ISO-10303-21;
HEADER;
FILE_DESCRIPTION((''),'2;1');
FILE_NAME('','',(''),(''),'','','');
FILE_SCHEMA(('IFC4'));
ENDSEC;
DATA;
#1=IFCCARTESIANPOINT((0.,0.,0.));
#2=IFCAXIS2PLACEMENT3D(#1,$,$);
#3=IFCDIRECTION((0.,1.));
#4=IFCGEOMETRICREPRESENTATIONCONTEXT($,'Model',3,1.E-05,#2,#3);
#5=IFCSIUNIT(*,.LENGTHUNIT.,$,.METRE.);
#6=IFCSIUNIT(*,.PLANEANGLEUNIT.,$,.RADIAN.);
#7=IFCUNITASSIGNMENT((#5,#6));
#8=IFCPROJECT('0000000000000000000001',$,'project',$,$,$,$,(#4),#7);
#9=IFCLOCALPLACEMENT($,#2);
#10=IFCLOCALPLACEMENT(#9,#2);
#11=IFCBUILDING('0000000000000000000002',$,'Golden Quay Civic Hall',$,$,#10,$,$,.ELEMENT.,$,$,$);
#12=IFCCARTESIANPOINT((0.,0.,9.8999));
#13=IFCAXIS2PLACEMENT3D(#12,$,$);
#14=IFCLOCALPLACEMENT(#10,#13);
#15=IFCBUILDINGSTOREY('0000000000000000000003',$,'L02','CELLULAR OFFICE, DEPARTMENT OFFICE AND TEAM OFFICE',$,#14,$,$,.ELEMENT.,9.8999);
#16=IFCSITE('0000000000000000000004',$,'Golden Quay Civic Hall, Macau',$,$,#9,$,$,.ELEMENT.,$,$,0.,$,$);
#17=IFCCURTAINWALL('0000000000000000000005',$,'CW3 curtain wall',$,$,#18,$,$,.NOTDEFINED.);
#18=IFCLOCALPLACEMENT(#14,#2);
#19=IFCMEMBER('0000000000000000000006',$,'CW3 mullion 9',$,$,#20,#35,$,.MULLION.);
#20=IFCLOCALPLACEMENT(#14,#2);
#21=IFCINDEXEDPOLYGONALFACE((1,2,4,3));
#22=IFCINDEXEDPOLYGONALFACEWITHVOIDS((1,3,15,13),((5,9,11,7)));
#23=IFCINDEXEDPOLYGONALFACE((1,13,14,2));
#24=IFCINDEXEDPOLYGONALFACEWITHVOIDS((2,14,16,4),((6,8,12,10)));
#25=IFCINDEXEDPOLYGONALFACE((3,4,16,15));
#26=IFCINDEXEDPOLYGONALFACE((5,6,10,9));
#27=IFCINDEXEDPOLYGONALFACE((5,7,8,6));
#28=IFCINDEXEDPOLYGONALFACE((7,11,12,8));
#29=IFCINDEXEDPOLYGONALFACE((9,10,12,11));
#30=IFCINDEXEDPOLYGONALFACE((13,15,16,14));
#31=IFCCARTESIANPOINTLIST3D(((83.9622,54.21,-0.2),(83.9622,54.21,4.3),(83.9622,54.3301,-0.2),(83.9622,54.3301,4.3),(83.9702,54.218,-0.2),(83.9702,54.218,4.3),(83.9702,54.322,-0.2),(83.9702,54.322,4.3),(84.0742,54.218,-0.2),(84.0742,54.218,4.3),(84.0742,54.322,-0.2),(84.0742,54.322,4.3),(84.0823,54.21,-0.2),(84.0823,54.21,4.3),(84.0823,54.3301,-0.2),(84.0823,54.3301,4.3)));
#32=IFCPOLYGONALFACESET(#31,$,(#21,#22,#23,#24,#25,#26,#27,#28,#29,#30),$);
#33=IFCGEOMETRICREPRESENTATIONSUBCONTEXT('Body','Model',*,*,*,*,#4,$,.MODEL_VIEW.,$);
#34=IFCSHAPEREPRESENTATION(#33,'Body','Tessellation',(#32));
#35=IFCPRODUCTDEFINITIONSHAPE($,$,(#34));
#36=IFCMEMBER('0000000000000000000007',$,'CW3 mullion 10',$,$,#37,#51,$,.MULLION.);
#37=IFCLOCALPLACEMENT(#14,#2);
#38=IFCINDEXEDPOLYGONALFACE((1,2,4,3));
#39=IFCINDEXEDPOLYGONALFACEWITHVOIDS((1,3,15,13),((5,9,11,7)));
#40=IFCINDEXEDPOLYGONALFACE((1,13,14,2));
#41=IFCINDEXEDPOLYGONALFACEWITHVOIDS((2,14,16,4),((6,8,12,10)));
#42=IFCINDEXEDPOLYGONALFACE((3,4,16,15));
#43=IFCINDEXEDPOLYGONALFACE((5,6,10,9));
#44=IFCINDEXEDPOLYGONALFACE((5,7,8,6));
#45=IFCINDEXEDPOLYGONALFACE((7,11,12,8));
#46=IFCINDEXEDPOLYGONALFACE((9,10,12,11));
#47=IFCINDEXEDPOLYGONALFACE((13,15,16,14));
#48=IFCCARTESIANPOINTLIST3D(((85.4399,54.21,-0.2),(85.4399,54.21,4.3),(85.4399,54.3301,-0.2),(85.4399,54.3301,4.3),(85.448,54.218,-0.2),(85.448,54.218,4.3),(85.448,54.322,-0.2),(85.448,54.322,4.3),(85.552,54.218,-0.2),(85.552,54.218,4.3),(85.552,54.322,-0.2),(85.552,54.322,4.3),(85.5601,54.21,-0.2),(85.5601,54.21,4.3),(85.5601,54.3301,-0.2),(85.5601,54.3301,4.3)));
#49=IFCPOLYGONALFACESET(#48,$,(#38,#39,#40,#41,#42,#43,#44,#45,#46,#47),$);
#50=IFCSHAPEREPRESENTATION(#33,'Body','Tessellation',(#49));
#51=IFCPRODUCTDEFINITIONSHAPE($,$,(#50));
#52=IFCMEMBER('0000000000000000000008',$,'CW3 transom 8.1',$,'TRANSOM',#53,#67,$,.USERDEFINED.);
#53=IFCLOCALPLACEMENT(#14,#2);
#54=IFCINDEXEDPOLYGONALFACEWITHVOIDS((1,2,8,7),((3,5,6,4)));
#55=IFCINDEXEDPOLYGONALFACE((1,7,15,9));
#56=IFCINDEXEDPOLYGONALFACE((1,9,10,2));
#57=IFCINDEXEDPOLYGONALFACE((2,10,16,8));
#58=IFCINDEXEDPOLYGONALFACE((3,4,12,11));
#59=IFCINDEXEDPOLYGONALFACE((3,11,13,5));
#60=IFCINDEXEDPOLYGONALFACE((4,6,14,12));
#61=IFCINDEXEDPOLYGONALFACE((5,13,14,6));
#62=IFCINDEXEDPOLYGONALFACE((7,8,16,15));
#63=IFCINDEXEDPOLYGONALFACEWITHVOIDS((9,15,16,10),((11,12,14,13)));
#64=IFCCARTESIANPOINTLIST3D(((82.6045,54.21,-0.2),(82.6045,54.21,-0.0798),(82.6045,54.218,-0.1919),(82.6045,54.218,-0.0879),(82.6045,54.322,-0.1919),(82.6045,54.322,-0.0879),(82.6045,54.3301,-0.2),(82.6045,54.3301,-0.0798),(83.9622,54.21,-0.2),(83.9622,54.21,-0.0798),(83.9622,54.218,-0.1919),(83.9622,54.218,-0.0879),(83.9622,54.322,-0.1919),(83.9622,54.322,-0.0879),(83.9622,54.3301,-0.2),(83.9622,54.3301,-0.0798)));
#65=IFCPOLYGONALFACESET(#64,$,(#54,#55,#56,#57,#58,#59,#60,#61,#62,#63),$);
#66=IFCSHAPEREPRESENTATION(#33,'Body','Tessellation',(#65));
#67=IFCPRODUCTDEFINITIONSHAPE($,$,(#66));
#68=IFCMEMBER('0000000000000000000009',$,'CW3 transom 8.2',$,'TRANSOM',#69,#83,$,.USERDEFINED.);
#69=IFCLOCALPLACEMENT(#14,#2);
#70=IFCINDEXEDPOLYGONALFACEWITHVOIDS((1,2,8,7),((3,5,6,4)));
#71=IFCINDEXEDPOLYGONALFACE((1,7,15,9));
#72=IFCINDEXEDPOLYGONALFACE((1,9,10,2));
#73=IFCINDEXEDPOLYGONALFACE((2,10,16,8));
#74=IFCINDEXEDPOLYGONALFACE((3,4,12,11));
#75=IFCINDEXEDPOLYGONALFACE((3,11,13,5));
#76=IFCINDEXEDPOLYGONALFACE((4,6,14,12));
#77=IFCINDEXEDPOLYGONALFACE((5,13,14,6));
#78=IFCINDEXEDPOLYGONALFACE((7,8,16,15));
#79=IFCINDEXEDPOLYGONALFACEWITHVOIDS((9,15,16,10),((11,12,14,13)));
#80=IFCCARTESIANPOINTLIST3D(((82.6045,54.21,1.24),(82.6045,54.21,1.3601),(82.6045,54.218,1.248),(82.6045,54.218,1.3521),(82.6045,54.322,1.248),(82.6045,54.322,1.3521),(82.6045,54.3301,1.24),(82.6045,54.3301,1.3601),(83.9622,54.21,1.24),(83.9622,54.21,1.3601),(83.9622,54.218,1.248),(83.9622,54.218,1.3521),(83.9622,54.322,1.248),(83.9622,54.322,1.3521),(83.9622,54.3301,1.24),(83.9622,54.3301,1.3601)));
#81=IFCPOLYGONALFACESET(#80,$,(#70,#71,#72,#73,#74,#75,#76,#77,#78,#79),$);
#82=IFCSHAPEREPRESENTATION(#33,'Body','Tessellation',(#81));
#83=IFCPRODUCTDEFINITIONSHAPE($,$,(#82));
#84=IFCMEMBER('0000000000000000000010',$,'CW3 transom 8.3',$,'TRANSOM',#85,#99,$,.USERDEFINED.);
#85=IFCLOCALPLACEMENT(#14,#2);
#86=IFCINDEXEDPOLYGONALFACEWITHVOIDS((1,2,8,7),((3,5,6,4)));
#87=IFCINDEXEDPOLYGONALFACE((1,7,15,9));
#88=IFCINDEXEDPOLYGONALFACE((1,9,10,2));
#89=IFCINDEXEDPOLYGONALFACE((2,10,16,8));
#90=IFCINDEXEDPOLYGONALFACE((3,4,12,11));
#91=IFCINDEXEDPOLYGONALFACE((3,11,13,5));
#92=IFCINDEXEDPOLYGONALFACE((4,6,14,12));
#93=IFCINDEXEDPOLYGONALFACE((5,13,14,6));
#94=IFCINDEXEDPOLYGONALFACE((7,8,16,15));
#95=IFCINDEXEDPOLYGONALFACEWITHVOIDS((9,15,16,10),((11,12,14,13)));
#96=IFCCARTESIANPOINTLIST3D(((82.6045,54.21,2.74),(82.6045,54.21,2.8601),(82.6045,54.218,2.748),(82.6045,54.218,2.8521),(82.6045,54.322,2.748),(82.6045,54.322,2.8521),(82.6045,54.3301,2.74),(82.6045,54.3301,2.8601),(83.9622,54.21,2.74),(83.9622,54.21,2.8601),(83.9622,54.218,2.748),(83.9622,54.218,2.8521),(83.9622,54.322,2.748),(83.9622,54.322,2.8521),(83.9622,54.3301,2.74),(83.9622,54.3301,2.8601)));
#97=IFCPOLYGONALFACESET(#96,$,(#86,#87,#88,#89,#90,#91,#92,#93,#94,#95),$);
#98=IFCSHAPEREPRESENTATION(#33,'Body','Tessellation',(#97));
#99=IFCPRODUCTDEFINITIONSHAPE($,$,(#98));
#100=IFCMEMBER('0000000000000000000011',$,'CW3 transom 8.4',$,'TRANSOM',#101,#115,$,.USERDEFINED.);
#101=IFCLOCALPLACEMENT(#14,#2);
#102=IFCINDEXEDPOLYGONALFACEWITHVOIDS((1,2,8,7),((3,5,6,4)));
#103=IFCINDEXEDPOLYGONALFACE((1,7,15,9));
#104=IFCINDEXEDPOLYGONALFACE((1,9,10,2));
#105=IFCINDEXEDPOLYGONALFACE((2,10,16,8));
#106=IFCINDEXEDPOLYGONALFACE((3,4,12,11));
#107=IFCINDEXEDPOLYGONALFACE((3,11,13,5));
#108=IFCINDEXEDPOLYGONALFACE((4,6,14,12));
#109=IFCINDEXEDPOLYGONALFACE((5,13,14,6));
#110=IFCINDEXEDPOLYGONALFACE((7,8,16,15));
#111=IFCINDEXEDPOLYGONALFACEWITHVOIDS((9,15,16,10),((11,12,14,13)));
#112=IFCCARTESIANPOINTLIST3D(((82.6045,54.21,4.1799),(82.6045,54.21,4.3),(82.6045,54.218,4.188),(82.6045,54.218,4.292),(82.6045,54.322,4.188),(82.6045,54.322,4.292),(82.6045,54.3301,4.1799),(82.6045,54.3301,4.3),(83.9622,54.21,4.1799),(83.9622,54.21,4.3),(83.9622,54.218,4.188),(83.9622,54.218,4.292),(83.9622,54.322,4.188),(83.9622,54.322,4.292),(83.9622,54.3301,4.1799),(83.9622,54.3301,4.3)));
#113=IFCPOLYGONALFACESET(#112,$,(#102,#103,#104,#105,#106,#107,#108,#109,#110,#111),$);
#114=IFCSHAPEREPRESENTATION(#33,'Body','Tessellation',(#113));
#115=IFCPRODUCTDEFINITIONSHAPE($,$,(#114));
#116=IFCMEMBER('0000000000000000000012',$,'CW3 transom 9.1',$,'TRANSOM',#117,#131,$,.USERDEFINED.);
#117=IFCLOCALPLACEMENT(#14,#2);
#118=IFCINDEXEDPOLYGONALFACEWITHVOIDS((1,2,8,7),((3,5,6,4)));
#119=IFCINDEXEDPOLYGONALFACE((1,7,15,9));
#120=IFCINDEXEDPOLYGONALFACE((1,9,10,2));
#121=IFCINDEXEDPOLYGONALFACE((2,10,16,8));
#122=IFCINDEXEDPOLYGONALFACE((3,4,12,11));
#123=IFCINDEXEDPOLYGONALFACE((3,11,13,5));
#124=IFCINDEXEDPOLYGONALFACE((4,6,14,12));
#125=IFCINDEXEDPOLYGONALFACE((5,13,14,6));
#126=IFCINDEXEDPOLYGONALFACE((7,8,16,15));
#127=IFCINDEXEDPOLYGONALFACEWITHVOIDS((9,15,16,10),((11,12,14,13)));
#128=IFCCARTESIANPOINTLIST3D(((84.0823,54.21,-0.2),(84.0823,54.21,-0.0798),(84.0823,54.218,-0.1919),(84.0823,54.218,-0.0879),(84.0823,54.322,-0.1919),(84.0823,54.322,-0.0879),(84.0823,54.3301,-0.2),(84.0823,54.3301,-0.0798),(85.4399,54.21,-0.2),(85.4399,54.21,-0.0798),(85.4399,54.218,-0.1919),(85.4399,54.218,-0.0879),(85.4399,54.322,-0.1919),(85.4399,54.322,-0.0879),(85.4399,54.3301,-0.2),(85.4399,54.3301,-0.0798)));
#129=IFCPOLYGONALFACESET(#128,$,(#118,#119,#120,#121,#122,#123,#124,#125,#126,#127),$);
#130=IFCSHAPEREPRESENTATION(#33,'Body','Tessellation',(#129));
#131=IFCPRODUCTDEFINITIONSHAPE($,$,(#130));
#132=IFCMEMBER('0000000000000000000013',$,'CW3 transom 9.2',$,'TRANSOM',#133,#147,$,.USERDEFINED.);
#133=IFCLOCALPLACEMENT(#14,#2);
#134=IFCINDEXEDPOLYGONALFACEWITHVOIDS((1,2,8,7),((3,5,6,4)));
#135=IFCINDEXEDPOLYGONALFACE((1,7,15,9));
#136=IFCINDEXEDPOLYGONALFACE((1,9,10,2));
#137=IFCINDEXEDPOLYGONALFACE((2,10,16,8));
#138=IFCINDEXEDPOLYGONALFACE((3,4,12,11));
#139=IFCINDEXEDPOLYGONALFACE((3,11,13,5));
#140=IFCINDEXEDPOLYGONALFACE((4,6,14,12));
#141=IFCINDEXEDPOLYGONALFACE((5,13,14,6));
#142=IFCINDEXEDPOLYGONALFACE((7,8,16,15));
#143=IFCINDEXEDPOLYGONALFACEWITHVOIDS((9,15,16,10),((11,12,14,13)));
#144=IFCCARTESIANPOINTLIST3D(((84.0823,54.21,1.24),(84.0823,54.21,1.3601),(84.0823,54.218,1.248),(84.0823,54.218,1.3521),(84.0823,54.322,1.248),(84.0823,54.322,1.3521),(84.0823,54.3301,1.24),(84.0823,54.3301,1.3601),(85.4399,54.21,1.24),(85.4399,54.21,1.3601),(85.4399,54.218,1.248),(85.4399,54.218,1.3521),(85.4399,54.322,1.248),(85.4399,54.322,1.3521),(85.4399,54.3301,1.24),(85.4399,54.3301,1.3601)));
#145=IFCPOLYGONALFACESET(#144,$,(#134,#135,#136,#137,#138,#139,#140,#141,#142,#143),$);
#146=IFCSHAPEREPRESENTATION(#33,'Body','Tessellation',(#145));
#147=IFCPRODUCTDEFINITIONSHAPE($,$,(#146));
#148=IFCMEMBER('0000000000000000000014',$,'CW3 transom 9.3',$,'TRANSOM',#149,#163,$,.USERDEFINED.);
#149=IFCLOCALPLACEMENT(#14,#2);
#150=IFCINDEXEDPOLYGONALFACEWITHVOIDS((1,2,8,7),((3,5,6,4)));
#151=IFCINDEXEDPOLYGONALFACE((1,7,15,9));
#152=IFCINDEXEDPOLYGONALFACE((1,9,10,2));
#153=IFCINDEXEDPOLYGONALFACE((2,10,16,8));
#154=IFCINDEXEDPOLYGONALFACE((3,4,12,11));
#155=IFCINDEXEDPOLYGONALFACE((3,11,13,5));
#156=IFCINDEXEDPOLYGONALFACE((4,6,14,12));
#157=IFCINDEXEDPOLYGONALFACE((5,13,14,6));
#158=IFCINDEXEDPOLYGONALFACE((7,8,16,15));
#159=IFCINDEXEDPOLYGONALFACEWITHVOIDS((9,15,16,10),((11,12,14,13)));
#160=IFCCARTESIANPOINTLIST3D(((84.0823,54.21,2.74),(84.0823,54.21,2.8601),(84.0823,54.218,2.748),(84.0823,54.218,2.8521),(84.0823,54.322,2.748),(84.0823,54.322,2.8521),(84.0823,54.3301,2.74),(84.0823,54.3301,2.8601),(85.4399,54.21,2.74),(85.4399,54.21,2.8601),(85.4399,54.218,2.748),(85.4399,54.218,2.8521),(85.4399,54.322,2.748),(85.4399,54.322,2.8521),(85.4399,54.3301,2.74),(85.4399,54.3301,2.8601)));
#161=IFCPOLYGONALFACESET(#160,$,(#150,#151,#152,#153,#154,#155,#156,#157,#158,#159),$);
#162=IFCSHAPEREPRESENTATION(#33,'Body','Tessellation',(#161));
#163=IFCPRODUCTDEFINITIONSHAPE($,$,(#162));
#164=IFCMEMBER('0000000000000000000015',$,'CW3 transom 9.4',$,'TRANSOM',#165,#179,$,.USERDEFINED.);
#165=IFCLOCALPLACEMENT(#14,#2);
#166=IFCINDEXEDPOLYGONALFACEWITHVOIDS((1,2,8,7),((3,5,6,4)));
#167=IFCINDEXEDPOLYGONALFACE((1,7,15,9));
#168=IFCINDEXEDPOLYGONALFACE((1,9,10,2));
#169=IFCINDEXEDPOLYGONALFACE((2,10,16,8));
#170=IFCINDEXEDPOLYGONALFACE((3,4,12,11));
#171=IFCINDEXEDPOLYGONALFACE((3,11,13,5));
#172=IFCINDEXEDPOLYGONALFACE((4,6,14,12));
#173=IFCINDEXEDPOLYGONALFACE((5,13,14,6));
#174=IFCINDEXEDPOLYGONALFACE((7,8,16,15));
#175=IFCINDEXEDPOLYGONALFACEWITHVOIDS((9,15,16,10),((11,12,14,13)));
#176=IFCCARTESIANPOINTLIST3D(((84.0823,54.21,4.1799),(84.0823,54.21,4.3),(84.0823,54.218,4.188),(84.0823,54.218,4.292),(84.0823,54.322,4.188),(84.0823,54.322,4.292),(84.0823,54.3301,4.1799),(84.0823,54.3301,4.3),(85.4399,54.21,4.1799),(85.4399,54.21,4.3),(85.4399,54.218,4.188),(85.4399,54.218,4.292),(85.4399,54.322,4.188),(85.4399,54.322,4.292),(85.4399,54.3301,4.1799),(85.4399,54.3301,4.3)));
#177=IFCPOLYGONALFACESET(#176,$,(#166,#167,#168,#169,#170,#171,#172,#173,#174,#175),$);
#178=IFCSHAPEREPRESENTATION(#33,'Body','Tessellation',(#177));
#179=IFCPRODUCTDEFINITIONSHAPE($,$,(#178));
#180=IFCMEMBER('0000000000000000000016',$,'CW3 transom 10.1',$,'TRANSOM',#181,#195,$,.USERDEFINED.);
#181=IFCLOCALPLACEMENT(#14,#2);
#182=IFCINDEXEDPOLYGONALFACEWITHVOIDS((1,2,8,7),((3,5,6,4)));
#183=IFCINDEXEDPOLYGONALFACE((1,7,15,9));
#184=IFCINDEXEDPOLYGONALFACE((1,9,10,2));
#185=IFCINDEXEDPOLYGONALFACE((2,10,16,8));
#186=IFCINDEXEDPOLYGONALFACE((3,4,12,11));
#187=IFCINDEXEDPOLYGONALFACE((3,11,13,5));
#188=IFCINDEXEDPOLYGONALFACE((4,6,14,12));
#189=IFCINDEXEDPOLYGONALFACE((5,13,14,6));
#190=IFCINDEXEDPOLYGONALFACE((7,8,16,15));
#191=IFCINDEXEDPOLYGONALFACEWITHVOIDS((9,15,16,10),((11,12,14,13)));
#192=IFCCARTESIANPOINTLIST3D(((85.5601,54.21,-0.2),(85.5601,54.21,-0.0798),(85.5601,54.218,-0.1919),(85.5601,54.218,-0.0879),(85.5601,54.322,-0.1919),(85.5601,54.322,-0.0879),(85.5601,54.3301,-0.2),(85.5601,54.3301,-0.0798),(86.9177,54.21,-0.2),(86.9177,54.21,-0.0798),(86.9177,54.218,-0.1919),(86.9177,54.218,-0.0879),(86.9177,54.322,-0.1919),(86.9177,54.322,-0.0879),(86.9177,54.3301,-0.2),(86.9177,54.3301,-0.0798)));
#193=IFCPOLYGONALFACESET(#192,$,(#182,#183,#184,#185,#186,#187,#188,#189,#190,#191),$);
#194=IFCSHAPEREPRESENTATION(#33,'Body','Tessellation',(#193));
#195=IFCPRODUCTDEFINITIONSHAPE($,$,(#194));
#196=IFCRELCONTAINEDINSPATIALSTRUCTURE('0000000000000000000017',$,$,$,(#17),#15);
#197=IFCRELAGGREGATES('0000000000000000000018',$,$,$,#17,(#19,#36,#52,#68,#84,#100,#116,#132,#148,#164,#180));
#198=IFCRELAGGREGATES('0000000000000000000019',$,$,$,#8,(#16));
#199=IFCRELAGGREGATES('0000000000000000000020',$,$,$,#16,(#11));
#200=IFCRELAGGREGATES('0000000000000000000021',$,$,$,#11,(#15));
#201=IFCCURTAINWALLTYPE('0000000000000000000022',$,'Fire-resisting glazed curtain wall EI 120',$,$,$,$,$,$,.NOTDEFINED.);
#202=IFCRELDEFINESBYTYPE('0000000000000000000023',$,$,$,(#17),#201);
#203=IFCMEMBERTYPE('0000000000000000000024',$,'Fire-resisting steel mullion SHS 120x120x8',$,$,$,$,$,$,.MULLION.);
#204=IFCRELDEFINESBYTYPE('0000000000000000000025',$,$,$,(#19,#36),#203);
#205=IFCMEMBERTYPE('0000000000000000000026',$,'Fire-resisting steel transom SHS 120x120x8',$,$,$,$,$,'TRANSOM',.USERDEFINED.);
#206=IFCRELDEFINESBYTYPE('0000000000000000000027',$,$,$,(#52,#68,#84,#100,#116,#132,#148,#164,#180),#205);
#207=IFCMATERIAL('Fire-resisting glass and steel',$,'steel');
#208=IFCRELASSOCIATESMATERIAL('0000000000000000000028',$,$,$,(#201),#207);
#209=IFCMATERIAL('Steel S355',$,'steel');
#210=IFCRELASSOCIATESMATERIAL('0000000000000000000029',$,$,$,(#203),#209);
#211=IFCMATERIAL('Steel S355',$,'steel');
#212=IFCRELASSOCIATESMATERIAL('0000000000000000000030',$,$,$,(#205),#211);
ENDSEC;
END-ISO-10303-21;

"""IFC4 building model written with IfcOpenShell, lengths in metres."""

from ifc_helpers import new_model, si_unit, direction, frame, origin, origin_2d, place, context, subcontext, project, spatial, hollow_rectangle, extrude, material, material_profile, profile_set, type_object, element, aggregate, save


model = new_model("IFC4")

# Units and contexts
model_context = context("Model", 3, precision=1e-05, world=origin(), true_north=direction((0.0, 1.0)))
body_context = subcontext(model_context, "Body", "Model", "MODEL_VIEW")
ifc_project = project(units=[si_unit("LENGTHUNIT", "METRE"), si_unit("PLANEANGLEUNIT", "RADIAN")], contexts=[model_context])

# Site, building, storey
site_placement = place(None, origin())
site = spatial("IfcSite", under=ifc_project, at=site_placement, Name="Golden Quay Civic Hall, Macau", CompositionType="ELEMENT", RefElevation=0.0)
building_placement = place(site_placement, origin())
building = spatial("IfcBuilding", under=site, at=building_placement, Name="Golden Quay Civic Hall", CompositionType="ELEMENT")
storey_placement = place(building_placement, frame((0.0, 0.0, 9.8999)))
storey = spatial("IfcBuildingStorey", under=building, at=storey_placement, Name="L02", Description="CELLULAR OFFICE, DEPARTMENT OFFICE AND TEAM OFFICE", CompositionType="ELEMENT", Elevation=9.8999)

# Curtain wall, members
ifc_material_1 = material(Name="Fire-resisting glass and steel", Category="steel")
curtain_wall_type = type_object("IfcCurtainWallType", Name="Fire-resisting glazed curtain wall EI 120", PredefinedType="NOTDEFINED", material=ifc_material_1)
curtain_wall_placement = place(storey_placement, origin())
curtain_wall = element("IfcCurtainWall", 1, at=curtain_wall_placement, inside=storey, type_object=curtain_wall_type, Name="CW3 curtain wall", PredefinedType="NOTDEFINED")
ifc_material_2 = material(Name="Steel S355", Category="steel")
ifc_material_profile_1 = material_profile(ifc_material_2, hollow_rectangle(XDim=0.1201, YDim=0.1201, WallThickness=0.0081, at=origin_2d()), Name="SHS 120x120x8")
ifc_profile_set_1 = profile_set([ifc_material_profile_1], Name="Steel S355")
member_type_1 = type_object("IfcMemberType", Name="Fire-resisting steel mullion SHS 120x120x8", PredefinedType="MULLION", material=ifc_profile_set_1)
member_1_placement = place(storey_placement, frame((84.0222, 54.27, -0.2), z_axis=(0.0, 0.0, 1.0), x_axis=(0.0, 1.0, 0.0)))
member_1 = element("IfcMember", 2, at=member_1_placement, type_object=member_type_1, Name="CW3 mullion 9", PredefinedType="MULLION", context=body_context, shape_type="SweptSolid", body=[
    extrude(hollow_rectangle(XDim=0.1201, YDim=0.1201, WallThickness=0.0081, at=origin_2d()), origin(), (0.0, 0.0, 1.0), 4.5),
])
member_2_placement = place(storey_placement, frame((85.5, 54.27, -0.2), z_axis=(0.0, 0.0, 1.0), x_axis=(0.0, 1.0, 0.0)))
member_2 = element("IfcMember", 3, at=member_2_placement, type_object=member_type_1, Name="CW3 mullion 10", PredefinedType="MULLION", context=body_context, shape_type="SweptSolid", body=[
    extrude(hollow_rectangle(XDim=0.1201, YDim=0.1201, WallThickness=0.0081, at=origin_2d()), origin(), (0.0, 0.0, 1.0), 4.5),
])
ifc_material_3 = material(Name="Steel S355", Category="steel")
ifc_material_profile_2 = material_profile(ifc_material_3, hollow_rectangle(XDim=0.1201, YDim=0.1201, WallThickness=0.0081, at=origin_2d()), Name="SHS 120x120x8")
ifc_profile_set_2 = profile_set([ifc_material_profile_2], Name="Steel S355")
member_type_2 = type_object("IfcMemberType", Name="Fire-resisting steel transom SHS 120x120x8", ElementType="TRANSOM", PredefinedType="USERDEFINED", material=ifc_profile_set_2)
member_3_placement = place(storey_placement, frame((82.6045, 54.27, -0.1399), z_axis=(1.0, 0.0, 0.0), x_axis=(0.0, 1.0, 0.0)))
member_3 = element("IfcMember", 4, at=member_3_placement, type_object=member_type_2, Name="CW3 transom 8.1", ObjectType="TRANSOM", PredefinedType="USERDEFINED", context=body_context, shape_type="SweptSolid", body=[
    extrude(hollow_rectangle(XDim=0.1201, YDim=0.1201, WallThickness=0.0081, at=origin_2d()), origin(), (0.0, 0.0, 1.0), 1.3577),
])
member_4_placement = place(storey_placement, frame((82.6045, 54.27, 1.3), z_axis=(1.0, 0.0, 0.0), x_axis=(0.0, 1.0, 0.0)))
member_4 = element("IfcMember", 5, at=member_4_placement, type_object=member_type_2, Name="CW3 transom 8.2", ObjectType="TRANSOM", PredefinedType="USERDEFINED", context=body_context, shape_type="SweptSolid", body=[
    extrude(hollow_rectangle(XDim=0.1201, YDim=0.1201, WallThickness=0.0081, at=origin_2d()), origin(), (0.0, 0.0, 1.0), 1.3577),
])
member_5_placement = place(storey_placement, frame((82.6045, 54.27, 2.8), z_axis=(1.0, 0.0, 0.0), x_axis=(0.0, 1.0, 0.0)))
member_5 = element("IfcMember", 6, at=member_5_placement, type_object=member_type_2, Name="CW3 transom 8.3", ObjectType="TRANSOM", PredefinedType="USERDEFINED", context=body_context, shape_type="SweptSolid", body=[
    extrude(hollow_rectangle(XDim=0.1201, YDim=0.1201, WallThickness=0.0081, at=origin_2d()), origin(), (0.0, 0.0, 1.0), 1.3577),
])
member_6_placement = place(storey_placement, frame((82.6045, 54.27, 4.24), z_axis=(1.0, 0.0, 0.0), x_axis=(0.0, 1.0, 0.0)))
member_6 = element("IfcMember", 7, at=member_6_placement, type_object=member_type_2, Name="CW3 transom 8.4", ObjectType="TRANSOM", PredefinedType="USERDEFINED", context=body_context, shape_type="SweptSolid", body=[
    extrude(hollow_rectangle(XDim=0.1201, YDim=0.1201, WallThickness=0.0081, at=origin_2d()), origin(), (0.0, 0.0, 1.0), 1.3577),
])
member_7_placement = place(storey_placement, frame((84.0823, 54.27, -0.1399), z_axis=(1.0, 0.0, 0.0), x_axis=(0.0, 1.0, 0.0)))
member_7 = element("IfcMember", 8, at=member_7_placement, type_object=member_type_2, Name="CW3 transom 9.1", ObjectType="TRANSOM", PredefinedType="USERDEFINED", context=body_context, shape_type="SweptSolid", body=[
    extrude(hollow_rectangle(XDim=0.1201, YDim=0.1201, WallThickness=0.0081, at=origin_2d()), origin(), (0.0, 0.0, 1.0), 1.3577),
])
member_8_placement = place(storey_placement, frame((84.0823, 54.27, 1.3), z_axis=(1.0, 0.0, 0.0), x_axis=(0.0, 1.0, 0.0)))
member_8 = element("IfcMember", 9, at=member_8_placement, type_object=member_type_2, Name="CW3 transom 9.2", ObjectType="TRANSOM", PredefinedType="USERDEFINED", context=body_context, shape_type="SweptSolid", body=[
    extrude(hollow_rectangle(XDim=0.1201, YDim=0.1201, WallThickness=0.0081, at=origin_2d()), origin(), (0.0, 0.0, 1.0), 1.3577),
])
member_9_placement = place(storey_placement, frame((84.0823, 54.27, 2.8), z_axis=(1.0, 0.0, 0.0), x_axis=(0.0, 1.0, 0.0)))
member_9 = element("IfcMember", 10, at=member_9_placement, type_object=member_type_2, Name="CW3 transom 9.3", ObjectType="TRANSOM", PredefinedType="USERDEFINED", context=body_context, shape_type="SweptSolid", body=[
    extrude(hollow_rectangle(XDim=0.1201, YDim=0.1201, WallThickness=0.0081, at=origin_2d()), origin(), (0.0, 0.0, 1.0), 1.3577),
])
member_10_placement = place(storey_placement, frame((84.0823, 54.27, 4.24), z_axis=(1.0, 0.0, 0.0), x_axis=(0.0, 1.0, 0.0)))
member_10 = element("IfcMember", 11, at=member_10_placement, type_object=member_type_2, Name="CW3 transom 9.4", ObjectType="TRANSOM", PredefinedType="USERDEFINED", context=body_context, shape_type="SweptSolid", body=[
    extrude(hollow_rectangle(XDim=0.1201, YDim=0.1201, WallThickness=0.0081, at=origin_2d()), origin(), (0.0, 0.0, 1.0), 1.3577),
])
member_11_placement = place(storey_placement, frame((85.5601, 54.27, -0.1399), z_axis=(1.0, 0.0, 0.0), x_axis=(0.0, 1.0, 0.0)))
member_11 = element("IfcMember", 12, at=member_11_placement, type_object=member_type_2, Name="CW3 transom 10.1", ObjectType="TRANSOM", PredefinedType="USERDEFINED", context=body_context, shape_type="SweptSolid", body=[
    extrude(hollow_rectangle(XDim=0.1201, YDim=0.1201, WallThickness=0.0081, at=origin_2d()), origin(), (0.0, 0.0, 1.0), 1.3577),
])
aggregate(curtain_wall, [member_1, member_2, member_3, member_4, member_5, member_6, member_7, member_8, member_9, member_10, member_11])

save(model, "model.ifc")
